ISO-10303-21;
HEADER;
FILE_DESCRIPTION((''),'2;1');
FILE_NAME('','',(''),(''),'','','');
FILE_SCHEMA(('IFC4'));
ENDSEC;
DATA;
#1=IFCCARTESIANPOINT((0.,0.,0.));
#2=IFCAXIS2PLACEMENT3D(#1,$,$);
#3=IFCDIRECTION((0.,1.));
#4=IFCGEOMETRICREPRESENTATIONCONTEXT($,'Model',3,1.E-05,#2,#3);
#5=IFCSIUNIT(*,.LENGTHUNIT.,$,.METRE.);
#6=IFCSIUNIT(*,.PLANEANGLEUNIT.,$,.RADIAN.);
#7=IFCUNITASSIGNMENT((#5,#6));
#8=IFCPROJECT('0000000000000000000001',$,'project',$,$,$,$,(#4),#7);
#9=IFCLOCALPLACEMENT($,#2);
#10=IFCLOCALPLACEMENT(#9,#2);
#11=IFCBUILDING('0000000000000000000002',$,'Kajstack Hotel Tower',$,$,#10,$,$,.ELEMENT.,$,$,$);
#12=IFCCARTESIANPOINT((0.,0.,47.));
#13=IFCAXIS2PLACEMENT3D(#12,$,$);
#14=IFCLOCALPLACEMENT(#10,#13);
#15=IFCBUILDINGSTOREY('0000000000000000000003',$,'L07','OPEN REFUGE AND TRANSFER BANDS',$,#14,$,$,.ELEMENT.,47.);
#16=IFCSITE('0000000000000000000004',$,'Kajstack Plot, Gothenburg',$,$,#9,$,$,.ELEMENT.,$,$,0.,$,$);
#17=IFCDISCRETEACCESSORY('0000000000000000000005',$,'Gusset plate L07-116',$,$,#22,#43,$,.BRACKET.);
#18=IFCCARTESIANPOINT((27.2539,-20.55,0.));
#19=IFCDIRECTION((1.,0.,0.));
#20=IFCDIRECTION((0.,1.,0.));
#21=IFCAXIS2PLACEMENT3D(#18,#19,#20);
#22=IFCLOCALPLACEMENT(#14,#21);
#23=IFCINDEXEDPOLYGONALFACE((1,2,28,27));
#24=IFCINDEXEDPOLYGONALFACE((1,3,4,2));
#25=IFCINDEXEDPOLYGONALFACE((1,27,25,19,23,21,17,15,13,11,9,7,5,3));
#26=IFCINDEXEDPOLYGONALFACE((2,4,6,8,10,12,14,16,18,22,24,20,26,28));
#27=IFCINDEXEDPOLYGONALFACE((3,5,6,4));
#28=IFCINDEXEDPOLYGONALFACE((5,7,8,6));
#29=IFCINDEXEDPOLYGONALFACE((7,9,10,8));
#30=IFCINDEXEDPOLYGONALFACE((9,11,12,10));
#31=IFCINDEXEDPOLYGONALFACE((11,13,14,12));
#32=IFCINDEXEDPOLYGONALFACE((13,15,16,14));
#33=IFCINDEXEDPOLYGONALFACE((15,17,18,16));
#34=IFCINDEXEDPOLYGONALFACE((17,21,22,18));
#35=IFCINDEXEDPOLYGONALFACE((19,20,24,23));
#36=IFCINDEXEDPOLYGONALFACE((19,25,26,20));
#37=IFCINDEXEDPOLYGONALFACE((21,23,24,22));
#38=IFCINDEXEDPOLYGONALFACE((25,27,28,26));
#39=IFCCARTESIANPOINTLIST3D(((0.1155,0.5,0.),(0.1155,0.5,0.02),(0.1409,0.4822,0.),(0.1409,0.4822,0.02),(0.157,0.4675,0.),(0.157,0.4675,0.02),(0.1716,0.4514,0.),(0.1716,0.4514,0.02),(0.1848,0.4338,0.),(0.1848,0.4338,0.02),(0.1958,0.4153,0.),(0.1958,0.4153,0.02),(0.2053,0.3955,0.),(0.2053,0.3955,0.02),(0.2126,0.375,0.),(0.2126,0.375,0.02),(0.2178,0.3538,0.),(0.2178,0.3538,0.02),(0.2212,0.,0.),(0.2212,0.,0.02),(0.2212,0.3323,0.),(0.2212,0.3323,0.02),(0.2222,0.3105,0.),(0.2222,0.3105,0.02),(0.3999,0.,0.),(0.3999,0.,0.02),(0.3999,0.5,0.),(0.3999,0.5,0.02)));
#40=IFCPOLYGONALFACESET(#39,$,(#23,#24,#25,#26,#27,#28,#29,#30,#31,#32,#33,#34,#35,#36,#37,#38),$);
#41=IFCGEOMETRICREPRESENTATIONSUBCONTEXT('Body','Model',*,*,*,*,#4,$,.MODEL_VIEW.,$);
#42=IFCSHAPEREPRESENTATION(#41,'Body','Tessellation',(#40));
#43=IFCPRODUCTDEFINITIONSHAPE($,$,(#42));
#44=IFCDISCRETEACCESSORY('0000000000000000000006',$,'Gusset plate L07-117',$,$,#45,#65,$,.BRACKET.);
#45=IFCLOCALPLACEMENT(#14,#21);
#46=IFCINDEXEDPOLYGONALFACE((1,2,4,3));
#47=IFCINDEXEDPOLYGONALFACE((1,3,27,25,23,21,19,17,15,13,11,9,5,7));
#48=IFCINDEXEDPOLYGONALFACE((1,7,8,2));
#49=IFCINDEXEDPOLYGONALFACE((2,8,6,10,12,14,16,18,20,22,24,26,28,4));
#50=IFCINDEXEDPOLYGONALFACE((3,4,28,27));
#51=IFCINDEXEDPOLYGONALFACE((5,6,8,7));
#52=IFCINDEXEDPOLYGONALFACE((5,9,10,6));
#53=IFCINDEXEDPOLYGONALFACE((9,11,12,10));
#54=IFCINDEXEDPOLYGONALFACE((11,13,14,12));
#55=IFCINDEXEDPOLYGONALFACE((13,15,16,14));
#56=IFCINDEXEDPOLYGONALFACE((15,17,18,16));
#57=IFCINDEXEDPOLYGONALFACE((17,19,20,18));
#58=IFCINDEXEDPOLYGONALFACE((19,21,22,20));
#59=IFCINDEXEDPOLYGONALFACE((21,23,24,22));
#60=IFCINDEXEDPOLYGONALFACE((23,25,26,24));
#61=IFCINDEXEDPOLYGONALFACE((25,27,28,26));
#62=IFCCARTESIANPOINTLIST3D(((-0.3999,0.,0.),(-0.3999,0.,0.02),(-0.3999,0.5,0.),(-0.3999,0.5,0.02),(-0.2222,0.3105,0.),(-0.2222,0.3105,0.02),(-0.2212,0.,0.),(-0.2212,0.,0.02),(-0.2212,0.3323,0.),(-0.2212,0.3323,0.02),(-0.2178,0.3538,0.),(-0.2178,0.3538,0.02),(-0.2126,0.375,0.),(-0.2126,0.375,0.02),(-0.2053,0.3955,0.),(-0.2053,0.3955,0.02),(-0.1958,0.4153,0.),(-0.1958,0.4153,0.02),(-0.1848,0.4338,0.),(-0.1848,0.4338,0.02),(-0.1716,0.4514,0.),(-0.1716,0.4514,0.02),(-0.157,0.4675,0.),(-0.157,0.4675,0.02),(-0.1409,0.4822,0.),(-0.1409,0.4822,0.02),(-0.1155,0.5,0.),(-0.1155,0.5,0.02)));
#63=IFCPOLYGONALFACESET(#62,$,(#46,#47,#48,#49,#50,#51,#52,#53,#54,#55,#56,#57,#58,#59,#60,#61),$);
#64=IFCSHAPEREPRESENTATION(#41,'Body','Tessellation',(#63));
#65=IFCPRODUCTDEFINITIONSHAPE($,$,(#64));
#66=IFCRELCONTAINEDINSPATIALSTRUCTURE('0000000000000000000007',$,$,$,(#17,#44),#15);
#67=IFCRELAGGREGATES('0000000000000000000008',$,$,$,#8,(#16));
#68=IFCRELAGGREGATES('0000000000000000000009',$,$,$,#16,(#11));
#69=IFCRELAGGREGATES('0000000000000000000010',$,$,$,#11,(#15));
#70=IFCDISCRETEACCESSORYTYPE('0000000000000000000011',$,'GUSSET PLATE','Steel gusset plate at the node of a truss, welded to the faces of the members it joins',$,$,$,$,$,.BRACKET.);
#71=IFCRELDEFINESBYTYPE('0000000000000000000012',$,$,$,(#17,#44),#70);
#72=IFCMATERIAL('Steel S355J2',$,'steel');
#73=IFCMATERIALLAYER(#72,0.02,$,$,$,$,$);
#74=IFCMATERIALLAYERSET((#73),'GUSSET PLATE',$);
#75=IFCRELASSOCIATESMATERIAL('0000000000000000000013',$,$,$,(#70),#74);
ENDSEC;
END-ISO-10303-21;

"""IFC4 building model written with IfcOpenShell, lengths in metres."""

from ifc_helpers import new_model, si_unit, direction, frame, origin, place, context, subcontext, project, spatial, polyline, outline, extrude, material, layer, layer_set, type_object, element, save


model = new_model("IFC4")

# Units and contexts
model_context = context("Model", 3, precision=1e-05, world=origin(), true_north=direction((0.0, 1.0)))
body_context = subcontext(model_context, "Body", "Model", "MODEL_VIEW")
ifc_project = project(units=[si_unit("LENGTHUNIT", "METRE"), si_unit("PLANEANGLEUNIT", "RADIAN")], contexts=[model_context])

# Site, building, storey
site_placement = place(None, origin())
site = spatial("IfcSite", under=ifc_project, at=site_placement, Name="Kajstack Plot, Gothenburg", CompositionType="ELEMENT", RefElevation=0.0)
building_placement = place(site_placement, origin())
building = spatial("IfcBuilding", under=site, at=building_placement, Name="Kajstack Hotel Tower", CompositionType="ELEMENT")
storey_placement = place(building_placement, frame((0.0, 0.0, 47.0)))
storey = spatial("IfcBuildingStorey", under=building, at=storey_placement, Name="L07", Description="OPEN REFUGE AND TRANSFER BANDS", CompositionType="ELEMENT", Elevation=47.0)

# Shared definitions
ifc_material_1 = material(Name="Steel S355J2", Category="steel")

# Discrete accessories
ifc_layer_1 = layer(ifc_material_1, 0.02)
ifc_layer_set_1 = layer_set([ifc_layer_1], Name="GUSSET PLATE")
discrete_accessory_type = type_object("IfcDiscreteAccessoryType", Name="GUSSET PLATE", Description="Steel gusset plate at the node of a truss, welded to the faces of the members it joins", PredefinedType="BRACKET", material=ifc_layer_set_1)
discrete_accessory_1_placement = place(storey_placement, frame((27.2539, -20.55, 0.0), z_axis=(1.0, 0.0, 0.0), x_axis=(0.0, 1.0, 0.0)))
element("IfcDiscreteAccessory", 1, at=discrete_accessory_1_placement, inside=storey, type_object=discrete_accessory_type, Name="Gusset plate L07-116", PredefinedType="BRACKET", context=body_context, shape_type="SweptSolid", body=[
    extrude(outline(polyline([(0.3999, 0.5), (0.1155, 0.5), (0.1409, 0.4822), (0.157, 0.4675), (0.1716, 0.4514), (0.1848, 0.4338), (0.1958, 0.4153), (0.2053, 0.3955), (0.2126, 0.375), (0.2178, 0.3538), (0.2212, 0.3323), (0.2222, 0.3105), (0.2212, 0.0), (0.3999, 0.0), (0.3999, 0.5)])), origin(), (0.0, 0.0, 1.0), 0.02),
])
discrete_accessory_2_placement = place(storey_placement, frame((27.2539, -20.55, 0.0), z_axis=(1.0, 0.0, 0.0), x_axis=(0.0, 1.0, 0.0)))
element("IfcDiscreteAccessory", 2, at=discrete_accessory_2_placement, inside=storey, type_object=discrete_accessory_type, Name="Gusset plate L07-117", PredefinedType="BRACKET", context=body_context, shape_type="SweptSolid", body=[
    extrude(outline(polyline([(-0.3999, 0.0), (-0.2212, 0.0), (-0.2222, 0.3105), (-0.2212, 0.3323), (-0.2178, 0.3538), (-0.2126, 0.375), (-0.2053, 0.3955), (-0.1958, 0.4153), (-0.1848, 0.4338), (-0.1716, 0.4514), (-0.157, 0.4675), (-0.1409, 0.4822), (-0.1155, 0.5), (-0.3999, 0.5), (-0.3999, 0.0)])), origin(), (0.0, 0.0, 1.0), 0.02),
])

save(model, "model.ifc")
